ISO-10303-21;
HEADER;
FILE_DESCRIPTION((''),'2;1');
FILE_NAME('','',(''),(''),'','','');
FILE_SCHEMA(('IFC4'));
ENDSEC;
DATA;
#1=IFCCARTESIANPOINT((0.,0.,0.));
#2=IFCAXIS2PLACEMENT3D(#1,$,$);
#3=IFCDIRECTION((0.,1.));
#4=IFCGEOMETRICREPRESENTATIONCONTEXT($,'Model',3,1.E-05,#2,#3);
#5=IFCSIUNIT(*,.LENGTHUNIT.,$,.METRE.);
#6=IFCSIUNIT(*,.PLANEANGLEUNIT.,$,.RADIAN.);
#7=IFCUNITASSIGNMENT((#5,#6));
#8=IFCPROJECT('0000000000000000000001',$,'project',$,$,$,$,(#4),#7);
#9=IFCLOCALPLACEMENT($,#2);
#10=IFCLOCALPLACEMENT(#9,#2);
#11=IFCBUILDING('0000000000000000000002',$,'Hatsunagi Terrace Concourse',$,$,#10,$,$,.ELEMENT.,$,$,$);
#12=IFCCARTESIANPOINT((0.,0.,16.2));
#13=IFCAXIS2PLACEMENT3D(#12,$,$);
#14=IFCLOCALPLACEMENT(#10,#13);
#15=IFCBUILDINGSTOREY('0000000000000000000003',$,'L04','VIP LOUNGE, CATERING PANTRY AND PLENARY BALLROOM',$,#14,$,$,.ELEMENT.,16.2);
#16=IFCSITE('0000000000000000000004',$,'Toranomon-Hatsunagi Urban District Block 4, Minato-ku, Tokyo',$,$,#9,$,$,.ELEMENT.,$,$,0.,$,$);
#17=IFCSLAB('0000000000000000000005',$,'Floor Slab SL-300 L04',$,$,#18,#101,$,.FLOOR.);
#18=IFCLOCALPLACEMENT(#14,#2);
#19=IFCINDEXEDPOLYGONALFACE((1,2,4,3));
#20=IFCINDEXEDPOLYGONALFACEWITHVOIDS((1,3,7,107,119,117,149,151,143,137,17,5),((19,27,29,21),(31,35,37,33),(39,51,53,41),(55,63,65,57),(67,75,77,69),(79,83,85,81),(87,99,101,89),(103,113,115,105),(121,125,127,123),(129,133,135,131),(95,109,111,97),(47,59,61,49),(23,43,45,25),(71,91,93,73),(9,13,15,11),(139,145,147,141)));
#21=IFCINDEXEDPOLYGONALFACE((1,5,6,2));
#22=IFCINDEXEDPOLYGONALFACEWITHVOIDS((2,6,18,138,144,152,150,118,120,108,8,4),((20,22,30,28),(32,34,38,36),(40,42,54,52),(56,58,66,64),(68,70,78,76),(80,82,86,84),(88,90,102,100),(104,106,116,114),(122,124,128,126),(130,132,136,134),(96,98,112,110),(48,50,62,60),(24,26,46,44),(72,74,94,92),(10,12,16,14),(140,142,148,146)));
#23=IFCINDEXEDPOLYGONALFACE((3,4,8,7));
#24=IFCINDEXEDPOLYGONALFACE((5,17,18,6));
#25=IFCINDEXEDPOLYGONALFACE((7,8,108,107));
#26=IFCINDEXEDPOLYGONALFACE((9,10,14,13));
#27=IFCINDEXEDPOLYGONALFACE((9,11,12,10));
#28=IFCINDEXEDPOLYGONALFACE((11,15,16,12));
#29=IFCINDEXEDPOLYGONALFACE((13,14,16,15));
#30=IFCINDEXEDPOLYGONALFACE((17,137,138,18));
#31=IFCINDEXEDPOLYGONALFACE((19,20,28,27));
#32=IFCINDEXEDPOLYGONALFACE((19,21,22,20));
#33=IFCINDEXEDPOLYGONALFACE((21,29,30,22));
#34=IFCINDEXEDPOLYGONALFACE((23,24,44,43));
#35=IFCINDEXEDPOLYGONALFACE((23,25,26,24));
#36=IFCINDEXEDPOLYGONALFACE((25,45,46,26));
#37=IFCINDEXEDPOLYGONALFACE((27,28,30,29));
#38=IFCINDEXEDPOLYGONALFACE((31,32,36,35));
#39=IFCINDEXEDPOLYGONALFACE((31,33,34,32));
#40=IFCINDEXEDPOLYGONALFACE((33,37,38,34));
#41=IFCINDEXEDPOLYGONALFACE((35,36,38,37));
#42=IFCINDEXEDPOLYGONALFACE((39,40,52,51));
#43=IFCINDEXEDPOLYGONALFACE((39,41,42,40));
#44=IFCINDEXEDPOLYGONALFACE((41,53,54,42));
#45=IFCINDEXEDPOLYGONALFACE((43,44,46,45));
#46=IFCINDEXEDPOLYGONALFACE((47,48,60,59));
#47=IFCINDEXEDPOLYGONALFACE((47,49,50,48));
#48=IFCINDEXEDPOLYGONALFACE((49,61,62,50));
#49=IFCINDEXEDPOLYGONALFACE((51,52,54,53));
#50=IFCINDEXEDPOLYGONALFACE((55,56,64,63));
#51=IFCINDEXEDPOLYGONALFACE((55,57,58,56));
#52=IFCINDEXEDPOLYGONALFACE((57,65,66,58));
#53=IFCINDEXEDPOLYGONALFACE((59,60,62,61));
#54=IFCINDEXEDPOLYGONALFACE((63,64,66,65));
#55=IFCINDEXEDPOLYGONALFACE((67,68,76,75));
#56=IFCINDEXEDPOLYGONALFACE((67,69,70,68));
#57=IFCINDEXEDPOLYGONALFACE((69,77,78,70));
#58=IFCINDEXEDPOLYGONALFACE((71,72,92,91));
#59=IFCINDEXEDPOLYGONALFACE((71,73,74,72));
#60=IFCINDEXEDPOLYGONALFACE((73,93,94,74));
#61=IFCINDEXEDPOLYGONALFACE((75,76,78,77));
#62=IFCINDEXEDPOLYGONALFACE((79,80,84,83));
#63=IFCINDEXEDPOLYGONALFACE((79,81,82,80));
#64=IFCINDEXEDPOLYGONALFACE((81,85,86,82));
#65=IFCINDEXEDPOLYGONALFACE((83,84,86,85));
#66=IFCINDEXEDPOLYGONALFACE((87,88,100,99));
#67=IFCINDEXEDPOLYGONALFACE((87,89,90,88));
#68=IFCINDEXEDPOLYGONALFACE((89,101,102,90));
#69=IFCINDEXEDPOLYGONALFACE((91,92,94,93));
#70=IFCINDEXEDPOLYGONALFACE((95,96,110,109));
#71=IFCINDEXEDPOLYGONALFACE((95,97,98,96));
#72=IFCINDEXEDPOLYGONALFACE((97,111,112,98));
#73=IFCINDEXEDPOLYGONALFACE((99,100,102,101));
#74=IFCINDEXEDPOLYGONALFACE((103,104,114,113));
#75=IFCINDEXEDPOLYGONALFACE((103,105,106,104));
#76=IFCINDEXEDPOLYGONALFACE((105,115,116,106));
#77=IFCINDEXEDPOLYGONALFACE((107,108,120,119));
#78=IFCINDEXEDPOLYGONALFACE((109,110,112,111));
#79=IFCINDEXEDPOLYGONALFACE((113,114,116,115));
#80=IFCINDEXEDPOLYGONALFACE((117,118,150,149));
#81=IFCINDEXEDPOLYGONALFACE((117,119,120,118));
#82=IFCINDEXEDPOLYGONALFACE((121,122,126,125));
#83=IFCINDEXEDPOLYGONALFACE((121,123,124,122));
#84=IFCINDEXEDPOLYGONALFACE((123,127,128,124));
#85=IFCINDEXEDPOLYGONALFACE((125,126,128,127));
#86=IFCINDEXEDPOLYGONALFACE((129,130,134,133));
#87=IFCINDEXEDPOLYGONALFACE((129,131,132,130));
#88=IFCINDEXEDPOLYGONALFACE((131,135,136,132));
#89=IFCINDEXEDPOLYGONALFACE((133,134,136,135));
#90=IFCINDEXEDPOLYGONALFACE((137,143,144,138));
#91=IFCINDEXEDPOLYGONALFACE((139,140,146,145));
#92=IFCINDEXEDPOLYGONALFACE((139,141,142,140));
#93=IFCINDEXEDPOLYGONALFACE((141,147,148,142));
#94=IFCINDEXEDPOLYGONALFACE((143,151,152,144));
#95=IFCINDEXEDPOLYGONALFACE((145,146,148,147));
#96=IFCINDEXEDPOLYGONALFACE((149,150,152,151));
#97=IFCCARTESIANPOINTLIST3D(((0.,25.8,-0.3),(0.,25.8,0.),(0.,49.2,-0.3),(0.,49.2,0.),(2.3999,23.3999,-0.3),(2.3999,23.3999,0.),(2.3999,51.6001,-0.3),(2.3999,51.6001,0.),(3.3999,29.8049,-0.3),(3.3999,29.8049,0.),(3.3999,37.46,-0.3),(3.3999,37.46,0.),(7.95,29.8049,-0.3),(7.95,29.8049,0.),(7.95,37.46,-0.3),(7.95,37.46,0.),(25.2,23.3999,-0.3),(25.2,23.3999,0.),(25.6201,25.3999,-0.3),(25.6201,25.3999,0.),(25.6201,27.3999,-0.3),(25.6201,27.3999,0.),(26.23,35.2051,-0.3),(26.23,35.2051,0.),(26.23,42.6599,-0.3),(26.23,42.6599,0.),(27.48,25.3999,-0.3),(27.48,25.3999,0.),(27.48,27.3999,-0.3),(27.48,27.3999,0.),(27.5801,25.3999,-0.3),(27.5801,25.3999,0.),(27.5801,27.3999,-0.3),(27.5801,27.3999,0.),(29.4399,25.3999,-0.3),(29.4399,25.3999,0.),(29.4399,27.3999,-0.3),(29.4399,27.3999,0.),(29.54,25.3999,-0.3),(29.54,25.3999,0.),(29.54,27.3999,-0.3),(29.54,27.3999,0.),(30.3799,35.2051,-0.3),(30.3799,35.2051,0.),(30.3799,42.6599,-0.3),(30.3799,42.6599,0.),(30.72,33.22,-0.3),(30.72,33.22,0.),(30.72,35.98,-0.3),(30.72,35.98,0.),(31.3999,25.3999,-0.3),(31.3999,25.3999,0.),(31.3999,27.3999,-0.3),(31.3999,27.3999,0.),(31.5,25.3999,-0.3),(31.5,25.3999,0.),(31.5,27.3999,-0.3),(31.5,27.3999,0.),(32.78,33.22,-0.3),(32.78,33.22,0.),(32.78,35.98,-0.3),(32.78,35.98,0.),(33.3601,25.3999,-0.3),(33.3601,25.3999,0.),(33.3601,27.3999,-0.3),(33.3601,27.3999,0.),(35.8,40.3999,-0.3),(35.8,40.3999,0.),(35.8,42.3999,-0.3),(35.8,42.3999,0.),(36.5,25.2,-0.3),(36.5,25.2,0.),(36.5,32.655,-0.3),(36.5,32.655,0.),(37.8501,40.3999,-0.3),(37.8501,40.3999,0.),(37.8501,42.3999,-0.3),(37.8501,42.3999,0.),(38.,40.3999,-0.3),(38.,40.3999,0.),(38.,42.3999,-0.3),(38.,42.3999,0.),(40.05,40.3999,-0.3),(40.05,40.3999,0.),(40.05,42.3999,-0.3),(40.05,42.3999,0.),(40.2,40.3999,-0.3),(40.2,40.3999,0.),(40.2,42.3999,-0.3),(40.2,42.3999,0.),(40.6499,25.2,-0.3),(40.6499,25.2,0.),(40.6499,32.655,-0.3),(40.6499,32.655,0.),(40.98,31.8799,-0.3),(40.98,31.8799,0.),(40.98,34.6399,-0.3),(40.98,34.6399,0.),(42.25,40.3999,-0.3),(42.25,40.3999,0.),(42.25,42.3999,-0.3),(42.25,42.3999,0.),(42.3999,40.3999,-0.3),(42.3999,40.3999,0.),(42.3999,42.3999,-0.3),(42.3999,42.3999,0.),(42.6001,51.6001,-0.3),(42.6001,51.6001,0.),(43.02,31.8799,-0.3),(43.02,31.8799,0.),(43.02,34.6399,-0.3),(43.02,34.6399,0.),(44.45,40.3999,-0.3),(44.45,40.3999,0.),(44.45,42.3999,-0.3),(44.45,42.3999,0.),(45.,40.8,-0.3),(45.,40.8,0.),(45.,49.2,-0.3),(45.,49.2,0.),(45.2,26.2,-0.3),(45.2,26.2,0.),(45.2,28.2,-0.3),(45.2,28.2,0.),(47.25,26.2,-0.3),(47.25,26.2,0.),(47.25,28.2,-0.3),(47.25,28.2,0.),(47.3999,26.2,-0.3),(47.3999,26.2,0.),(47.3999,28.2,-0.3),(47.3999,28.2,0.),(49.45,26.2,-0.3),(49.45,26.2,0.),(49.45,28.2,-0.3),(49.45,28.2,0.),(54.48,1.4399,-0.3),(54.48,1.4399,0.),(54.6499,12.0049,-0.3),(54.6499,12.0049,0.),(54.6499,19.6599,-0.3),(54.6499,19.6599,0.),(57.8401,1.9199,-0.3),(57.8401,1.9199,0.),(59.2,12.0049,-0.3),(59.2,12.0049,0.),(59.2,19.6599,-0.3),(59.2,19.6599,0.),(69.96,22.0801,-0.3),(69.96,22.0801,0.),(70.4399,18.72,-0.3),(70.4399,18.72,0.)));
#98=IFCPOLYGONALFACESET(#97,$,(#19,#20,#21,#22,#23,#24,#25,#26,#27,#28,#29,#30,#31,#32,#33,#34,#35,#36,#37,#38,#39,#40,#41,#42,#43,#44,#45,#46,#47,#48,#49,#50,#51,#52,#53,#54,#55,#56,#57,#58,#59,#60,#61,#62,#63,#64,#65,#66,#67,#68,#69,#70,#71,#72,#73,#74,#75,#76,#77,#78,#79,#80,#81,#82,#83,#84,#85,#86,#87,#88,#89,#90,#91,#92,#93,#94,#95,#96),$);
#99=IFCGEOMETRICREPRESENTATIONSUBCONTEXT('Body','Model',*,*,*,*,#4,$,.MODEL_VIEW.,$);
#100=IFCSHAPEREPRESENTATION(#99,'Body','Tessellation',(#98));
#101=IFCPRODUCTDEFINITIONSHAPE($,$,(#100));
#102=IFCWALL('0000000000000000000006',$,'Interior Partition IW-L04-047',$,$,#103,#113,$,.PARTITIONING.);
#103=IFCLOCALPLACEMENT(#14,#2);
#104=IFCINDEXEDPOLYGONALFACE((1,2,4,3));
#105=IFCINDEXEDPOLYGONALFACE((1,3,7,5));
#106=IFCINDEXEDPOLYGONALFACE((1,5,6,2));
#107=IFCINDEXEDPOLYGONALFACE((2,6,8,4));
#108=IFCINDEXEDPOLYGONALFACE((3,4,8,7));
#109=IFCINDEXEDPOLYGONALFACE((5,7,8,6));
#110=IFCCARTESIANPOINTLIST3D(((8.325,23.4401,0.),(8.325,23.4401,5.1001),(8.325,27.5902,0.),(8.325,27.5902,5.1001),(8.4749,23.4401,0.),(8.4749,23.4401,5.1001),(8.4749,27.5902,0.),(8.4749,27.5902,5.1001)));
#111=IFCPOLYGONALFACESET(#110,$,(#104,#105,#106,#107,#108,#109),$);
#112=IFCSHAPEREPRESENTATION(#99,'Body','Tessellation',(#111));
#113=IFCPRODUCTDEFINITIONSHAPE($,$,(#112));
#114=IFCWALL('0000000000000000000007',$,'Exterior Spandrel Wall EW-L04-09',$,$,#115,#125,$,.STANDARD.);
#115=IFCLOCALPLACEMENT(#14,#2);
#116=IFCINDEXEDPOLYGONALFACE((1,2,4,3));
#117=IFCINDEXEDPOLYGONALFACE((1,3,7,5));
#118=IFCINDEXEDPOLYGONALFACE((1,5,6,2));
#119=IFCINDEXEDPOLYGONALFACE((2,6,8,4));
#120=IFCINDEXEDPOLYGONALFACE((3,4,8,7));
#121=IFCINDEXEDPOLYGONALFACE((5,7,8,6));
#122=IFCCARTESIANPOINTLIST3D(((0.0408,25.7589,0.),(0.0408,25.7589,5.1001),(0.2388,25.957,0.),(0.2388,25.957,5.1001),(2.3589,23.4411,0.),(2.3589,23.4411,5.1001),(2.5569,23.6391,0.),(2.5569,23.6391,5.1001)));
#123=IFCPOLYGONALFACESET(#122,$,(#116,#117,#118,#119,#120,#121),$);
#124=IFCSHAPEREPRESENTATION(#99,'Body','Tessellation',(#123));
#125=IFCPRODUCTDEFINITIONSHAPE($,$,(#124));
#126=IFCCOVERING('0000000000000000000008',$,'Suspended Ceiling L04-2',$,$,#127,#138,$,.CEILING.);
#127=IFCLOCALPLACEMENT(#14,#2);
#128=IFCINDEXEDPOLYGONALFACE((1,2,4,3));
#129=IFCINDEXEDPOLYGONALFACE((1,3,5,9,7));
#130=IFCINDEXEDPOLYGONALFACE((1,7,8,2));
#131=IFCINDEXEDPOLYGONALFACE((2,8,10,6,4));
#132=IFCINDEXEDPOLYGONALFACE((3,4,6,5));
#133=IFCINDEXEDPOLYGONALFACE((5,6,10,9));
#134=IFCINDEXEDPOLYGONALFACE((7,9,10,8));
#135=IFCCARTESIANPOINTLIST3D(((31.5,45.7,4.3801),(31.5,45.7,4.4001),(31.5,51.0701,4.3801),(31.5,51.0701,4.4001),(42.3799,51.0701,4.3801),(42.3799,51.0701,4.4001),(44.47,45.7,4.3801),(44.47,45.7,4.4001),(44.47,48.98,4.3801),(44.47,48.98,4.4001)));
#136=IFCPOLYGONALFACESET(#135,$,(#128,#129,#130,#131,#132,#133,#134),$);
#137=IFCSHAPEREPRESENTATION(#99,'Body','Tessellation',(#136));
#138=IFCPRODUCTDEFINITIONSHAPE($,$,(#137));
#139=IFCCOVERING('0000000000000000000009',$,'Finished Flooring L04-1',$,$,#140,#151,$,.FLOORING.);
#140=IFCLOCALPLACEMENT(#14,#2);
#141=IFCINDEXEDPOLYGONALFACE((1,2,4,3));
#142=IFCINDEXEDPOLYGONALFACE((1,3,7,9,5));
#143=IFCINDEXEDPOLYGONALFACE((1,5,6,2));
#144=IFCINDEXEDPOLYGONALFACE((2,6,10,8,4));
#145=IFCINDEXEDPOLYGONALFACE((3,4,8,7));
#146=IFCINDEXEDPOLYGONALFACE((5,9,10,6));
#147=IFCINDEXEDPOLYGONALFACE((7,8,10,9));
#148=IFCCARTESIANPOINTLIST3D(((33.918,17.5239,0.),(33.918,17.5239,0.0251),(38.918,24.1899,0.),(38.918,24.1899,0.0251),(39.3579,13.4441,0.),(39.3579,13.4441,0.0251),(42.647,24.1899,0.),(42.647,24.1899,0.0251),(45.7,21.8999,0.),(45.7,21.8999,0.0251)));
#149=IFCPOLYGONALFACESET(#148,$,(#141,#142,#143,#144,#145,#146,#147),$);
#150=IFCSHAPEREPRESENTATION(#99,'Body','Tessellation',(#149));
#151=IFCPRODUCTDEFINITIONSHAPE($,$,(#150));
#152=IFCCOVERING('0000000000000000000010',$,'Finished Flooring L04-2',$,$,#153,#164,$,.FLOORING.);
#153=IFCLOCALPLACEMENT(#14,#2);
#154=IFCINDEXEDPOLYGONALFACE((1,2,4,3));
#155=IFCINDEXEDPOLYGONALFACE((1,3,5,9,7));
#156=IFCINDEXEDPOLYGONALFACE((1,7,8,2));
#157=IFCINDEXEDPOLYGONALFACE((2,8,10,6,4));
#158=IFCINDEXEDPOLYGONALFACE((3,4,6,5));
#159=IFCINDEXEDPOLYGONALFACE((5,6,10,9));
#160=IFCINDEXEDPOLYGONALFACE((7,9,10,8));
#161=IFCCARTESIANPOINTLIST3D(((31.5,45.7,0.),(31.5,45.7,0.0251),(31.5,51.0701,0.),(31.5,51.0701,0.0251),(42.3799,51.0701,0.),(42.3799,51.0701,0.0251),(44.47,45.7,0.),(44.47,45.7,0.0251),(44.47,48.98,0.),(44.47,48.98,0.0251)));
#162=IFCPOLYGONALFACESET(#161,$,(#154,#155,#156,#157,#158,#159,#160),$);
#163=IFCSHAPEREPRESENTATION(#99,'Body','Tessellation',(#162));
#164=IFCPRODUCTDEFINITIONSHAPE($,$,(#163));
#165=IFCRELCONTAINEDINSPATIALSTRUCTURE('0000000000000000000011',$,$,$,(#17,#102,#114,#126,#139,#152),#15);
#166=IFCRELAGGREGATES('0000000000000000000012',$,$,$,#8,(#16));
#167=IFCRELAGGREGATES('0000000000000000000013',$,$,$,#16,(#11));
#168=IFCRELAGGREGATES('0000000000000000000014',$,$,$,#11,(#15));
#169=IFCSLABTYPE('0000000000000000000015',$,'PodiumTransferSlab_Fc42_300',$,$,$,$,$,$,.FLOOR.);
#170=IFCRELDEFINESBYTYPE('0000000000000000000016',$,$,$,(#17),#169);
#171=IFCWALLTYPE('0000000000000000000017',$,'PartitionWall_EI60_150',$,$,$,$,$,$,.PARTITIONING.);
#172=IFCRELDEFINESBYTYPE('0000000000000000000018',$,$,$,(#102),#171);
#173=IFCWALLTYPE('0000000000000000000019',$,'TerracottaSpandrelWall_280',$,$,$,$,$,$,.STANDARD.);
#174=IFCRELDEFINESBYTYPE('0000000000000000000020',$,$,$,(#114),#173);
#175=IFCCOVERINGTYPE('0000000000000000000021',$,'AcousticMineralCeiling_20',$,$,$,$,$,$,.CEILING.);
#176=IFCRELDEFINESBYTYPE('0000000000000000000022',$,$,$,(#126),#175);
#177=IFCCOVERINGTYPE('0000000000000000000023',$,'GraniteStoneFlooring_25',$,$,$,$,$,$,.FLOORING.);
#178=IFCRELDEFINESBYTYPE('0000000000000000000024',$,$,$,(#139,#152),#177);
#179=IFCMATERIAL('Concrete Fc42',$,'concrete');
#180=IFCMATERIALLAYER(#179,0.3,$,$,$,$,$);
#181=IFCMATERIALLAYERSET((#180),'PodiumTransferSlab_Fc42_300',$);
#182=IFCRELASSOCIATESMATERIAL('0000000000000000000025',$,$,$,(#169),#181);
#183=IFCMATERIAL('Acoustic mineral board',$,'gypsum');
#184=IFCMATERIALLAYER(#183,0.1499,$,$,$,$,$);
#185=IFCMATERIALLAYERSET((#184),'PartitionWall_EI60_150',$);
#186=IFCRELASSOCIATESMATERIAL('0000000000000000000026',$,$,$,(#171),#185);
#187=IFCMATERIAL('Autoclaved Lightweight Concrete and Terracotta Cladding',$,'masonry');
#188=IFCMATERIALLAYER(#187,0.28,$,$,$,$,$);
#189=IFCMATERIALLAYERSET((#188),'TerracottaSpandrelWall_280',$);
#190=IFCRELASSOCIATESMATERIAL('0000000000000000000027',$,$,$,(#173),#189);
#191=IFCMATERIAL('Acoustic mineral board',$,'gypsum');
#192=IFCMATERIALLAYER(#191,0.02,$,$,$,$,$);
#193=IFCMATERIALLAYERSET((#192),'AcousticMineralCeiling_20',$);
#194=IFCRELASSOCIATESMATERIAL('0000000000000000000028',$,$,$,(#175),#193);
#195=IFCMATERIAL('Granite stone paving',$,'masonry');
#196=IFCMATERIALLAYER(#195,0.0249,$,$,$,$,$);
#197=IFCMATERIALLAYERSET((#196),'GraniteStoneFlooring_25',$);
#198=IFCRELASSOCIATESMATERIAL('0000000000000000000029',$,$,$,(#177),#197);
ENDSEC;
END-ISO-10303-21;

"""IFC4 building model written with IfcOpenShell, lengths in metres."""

from ifc_helpers import new_model, si_unit, direction, frame, frame_2d, origin, place, context, subcontext, project, spatial, polyline, rectangle, outline, extrude, material, layer, layer_set, type_object, element, save


model = new_model("IFC4")

# Units and contexts
model_context = context("Model", 3, precision=1e-05, world=origin(), true_north=direction((0.0, 1.0)))
body_context = subcontext(model_context, "Body", "Model", "MODEL_VIEW")
ifc_project = project(units=[si_unit("LENGTHUNIT", "METRE"), si_unit("PLANEANGLEUNIT", "RADIAN")], contexts=[model_context])

# Site, building, storey
site_placement = place(None, origin())
site = spatial("IfcSite", under=ifc_project, at=site_placement, Name="Toranomon-Hatsunagi Urban District Block 4, Minato-ku, Tokyo", CompositionType="ELEMENT", RefElevation=0.0)
building_placement = place(site_placement, origin())
building = spatial("IfcBuilding", under=site, at=building_placement, Name="Hatsunagi Terrace Concourse", CompositionType="ELEMENT")
storey_placement = place(building_placement, frame((0.0, 0.0, 16.2)))
storey = spatial("IfcBuildingStorey", under=building, at=storey_placement, Name="L04", Description="VIP LOUNGE, CATERING PANTRY AND PLENARY BALLROOM", CompositionType="ELEMENT", Elevation=16.2)

# Slab
ifc_material_1 = material(Name="Concrete Fc42", Category="concrete")
ifc_layer_1 = layer(ifc_material_1, 0.3)
ifc_layer_set_1 = layer_set([ifc_layer_1], Name="PodiumTransferSlab_Fc42_300")
slab_type_1 = type_object("IfcSlabType", Name="PodiumTransferSlab_Fc42_300", PredefinedType="FLOOR", material=ifc_layer_set_1)
slab_1_placement = place(storey_placement, frame((0.0, 0.0, -0.3)))
element("IfcSlab", 1, at=slab_1_placement, inside=storey, type_object=slab_type_1, Name="Floor Slab SL-300 L04", PredefinedType="FLOOR", context=body_context, shape_type="SweptSolid", body=[
    extrude(outline(polyline([(45.0, 40.8), (45.0, 49.2), (42.6001, 51.6001), (2.3999, 51.6001), (0.0, 49.2), (0.0, 25.8), (2.3999, 23.3999), (25.2, 23.3999), (54.48, 1.4399), (57.8401, 1.9199), (70.4399, 18.72), (69.96, 22.0801), (45.0, 40.8)]), holes=[polyline([(26.23, 35.2051), (30.3799, 35.2051), (30.3799, 42.6599), (26.23, 42.6599), (26.23, 35.2051)]), polyline([(36.5, 25.2), (40.6499, 25.2), (40.6499, 32.655), (36.5, 32.655), (36.5, 25.2)]), polyline([(3.3999, 29.8049), (7.95, 29.8049), (7.95, 37.46), (3.3999, 37.46), (3.3999, 29.8049)]), polyline([(54.6499, 12.0049), (59.2, 12.0049), (59.2, 19.6599), (54.6499, 19.6599), (54.6499, 12.0049)]), polyline([(30.72, 33.22), (32.78, 33.22), (32.78, 35.98), (30.72, 35.98), (30.72, 33.22)]), polyline([(40.98, 31.8799), (43.02, 31.8799), (43.02, 34.6399), (40.98, 34.6399), (40.98, 31.8799)]), polyline([(25.6201, 25.3999), (27.48, 25.3999), (27.48, 27.3999), (25.6201, 27.3999), (25.6201, 25.3999)]), polyline([(27.5801, 25.3999), (29.4399, 25.3999), (29.4399, 27.3999), (27.5801, 27.3999), (27.5801, 25.3999)]), polyline([(29.54, 25.3999), (31.3999, 25.3999), (31.3999, 27.3999), (29.54, 27.3999), (29.54, 25.3999)]), polyline([(31.5, 25.3999), (33.3601, 25.3999), (33.3601, 27.3999), (31.5, 27.3999), (31.5, 25.3999)]), polyline([(35.8, 40.3999), (37.8501, 40.3999), (37.8501, 42.3999), (35.8, 42.3999), (35.8, 40.3999)]), polyline([(38.0, 40.3999), (40.05, 40.3999), (40.05, 42.3999), (38.0, 42.3999), (38.0, 40.3999)]), polyline([(40.2, 40.3999), (42.25, 40.3999), (42.25, 42.3999), (40.2, 42.3999), (40.2, 40.3999)]), polyline([(42.3999, 40.3999), (44.45, 40.3999), (44.45, 42.3999), (42.3999, 42.3999), (42.3999, 40.3999)]), polyline([(45.2, 26.2), (47.25, 26.2), (47.25, 28.2), (45.2, 28.2), (45.2, 26.2)]), polyline([(47.3999, 26.2), (49.45, 26.2), (49.45, 28.2), (47.3999, 28.2), (47.3999, 26.2)])]), origin(), (0.0, 0.0, 1.0), 0.3),
])

# Walls
ifc_material_2 = material(Name="Acoustic mineral board", Category="gypsum")
ifc_layer_2 = layer(ifc_material_2, 0.1499)
ifc_layer_set_2 = layer_set([ifc_layer_2], Name="PartitionWall_EI60_150")
wall_type_1 = type_object("IfcWallType", Name="PartitionWall_EI60_150", PredefinedType="PARTITIONING", material=ifc_layer_set_2)
wall_1_placement = place(storey_placement, frame((8.3999, 23.4399, 0.0), z_axis=(0.0, 0.0, 1.0), x_axis=(0.0, 1.0, 0.0)))
element("IfcWall", 2, at=wall_1_placement, inside=storey, type_object=wall_type_1, Name="Interior Partition IW-L04-047", PredefinedType="PARTITIONING", context=body_context, shape_type="SweptSolid", body=[
    extrude(rectangle(XDim=4.1501, YDim=0.1499, at=frame_2d((2.0752, 0.0))), origin(), (0.0, 0.0, 1.0), 5.1001),
])
ifc_material_3 = material(Name="Autoclaved Lightweight Concrete and Terracotta Cladding", Category="masonry")
ifc_layer_3 = layer(ifc_material_3, 0.28)
ifc_layer_set_3 = layer_set([ifc_layer_3], Name="TerracottaSpandrelWall_280")
wall_type_2 = type_object("IfcWallType", Name="TerracottaSpandrelWall_280", PredefinedType="STANDARD", material=ifc_layer_set_3)
wall_2_placement = place(storey_placement, frame((2.458, 23.54, 0.0), z_axis=(0.0, 0.0, 1.0), x_axis=(-0.707144, 0.70707, 0.0)))
element("IfcWall", 3, at=wall_2_placement, inside=storey, type_object=wall_type_2, Name="Exterior Spandrel Wall EW-L04-09", PredefinedType="STANDARD", context=body_context, shape_type="SweptSolid", body=[
    extrude(rectangle(XDim=3.2781, YDim=0.28, at=frame_2d((1.6392, 0.0))), origin(), (0.0, 0.0, 1.0), 5.1001),
])

# Coverings
ifc_material_4 = material(Name="Acoustic mineral board", Category="gypsum")
ifc_layer_4 = layer(ifc_material_4, 0.02)
ifc_layer_set_4 = layer_set([ifc_layer_4], Name="AcousticMineralCeiling_20")
covering_type_1 = type_object("IfcCoveringType", Name="AcousticMineralCeiling_20", PredefinedType="CEILING", material=ifc_layer_set_4)
covering_1_placement = place(storey_placement, frame((0.0, 0.0, 4.3801)))
element("IfcCovering", 4, at=covering_1_placement, inside=storey, type_object=covering_type_1, Name="Suspended Ceiling L04-2", PredefinedType="CEILING", context=body_context, shape_type="SweptSolid", body=[
    extrude(outline(polyline([(44.47, 48.98), (42.3799, 51.0701), (31.5, 51.0701), (31.5, 45.7), (44.47, 45.7), (44.47, 48.98)])), origin(), (0.0, 0.0, 1.0), 0.02),
])
ifc_material_5 = material(Name="Granite stone paving", Category="masonry")
ifc_layer_5 = layer(ifc_material_5, 0.0249)
ifc_layer_set_5 = layer_set([ifc_layer_5], Name="GraniteStoneFlooring_25")
covering_type_2 = type_object("IfcCoveringType", Name="GraniteStoneFlooring_25", PredefinedType="FLOORING", material=ifc_layer_set_5)
covering_2_placement = place(storey_placement, origin())
element("IfcCovering", 5, at=covering_2_placement, inside=storey, type_object=covering_type_2, Name="Finished Flooring L04-1", PredefinedType="FLOORING", context=body_context, shape_type="SweptSolid", body=[
    extrude(outline(polyline([(33.918, 17.5239), (39.3579, 13.4441), (45.7, 21.8999), (42.647, 24.1899), (38.918, 24.1899), (33.918, 17.5239)])), origin(), (0.0, 0.0, 1.0), 0.0251),
])
covering_3_placement = place(storey_placement, origin())
element("IfcCovering", 6, at=covering_3_placement, inside=storey, type_object=covering_type_2, Name="Finished Flooring L04-2", PredefinedType="FLOORING", context=body_context, shape_type="SweptSolid", body=[
    extrude(outline(polyline([(44.47, 48.98), (42.3799, 51.0701), (31.5, 51.0701), (31.5, 45.7), (44.47, 45.7), (44.47, 48.98)])), origin(), (0.0, 0.0, 1.0), 0.0251),
])

save(model, "model.ifc")
